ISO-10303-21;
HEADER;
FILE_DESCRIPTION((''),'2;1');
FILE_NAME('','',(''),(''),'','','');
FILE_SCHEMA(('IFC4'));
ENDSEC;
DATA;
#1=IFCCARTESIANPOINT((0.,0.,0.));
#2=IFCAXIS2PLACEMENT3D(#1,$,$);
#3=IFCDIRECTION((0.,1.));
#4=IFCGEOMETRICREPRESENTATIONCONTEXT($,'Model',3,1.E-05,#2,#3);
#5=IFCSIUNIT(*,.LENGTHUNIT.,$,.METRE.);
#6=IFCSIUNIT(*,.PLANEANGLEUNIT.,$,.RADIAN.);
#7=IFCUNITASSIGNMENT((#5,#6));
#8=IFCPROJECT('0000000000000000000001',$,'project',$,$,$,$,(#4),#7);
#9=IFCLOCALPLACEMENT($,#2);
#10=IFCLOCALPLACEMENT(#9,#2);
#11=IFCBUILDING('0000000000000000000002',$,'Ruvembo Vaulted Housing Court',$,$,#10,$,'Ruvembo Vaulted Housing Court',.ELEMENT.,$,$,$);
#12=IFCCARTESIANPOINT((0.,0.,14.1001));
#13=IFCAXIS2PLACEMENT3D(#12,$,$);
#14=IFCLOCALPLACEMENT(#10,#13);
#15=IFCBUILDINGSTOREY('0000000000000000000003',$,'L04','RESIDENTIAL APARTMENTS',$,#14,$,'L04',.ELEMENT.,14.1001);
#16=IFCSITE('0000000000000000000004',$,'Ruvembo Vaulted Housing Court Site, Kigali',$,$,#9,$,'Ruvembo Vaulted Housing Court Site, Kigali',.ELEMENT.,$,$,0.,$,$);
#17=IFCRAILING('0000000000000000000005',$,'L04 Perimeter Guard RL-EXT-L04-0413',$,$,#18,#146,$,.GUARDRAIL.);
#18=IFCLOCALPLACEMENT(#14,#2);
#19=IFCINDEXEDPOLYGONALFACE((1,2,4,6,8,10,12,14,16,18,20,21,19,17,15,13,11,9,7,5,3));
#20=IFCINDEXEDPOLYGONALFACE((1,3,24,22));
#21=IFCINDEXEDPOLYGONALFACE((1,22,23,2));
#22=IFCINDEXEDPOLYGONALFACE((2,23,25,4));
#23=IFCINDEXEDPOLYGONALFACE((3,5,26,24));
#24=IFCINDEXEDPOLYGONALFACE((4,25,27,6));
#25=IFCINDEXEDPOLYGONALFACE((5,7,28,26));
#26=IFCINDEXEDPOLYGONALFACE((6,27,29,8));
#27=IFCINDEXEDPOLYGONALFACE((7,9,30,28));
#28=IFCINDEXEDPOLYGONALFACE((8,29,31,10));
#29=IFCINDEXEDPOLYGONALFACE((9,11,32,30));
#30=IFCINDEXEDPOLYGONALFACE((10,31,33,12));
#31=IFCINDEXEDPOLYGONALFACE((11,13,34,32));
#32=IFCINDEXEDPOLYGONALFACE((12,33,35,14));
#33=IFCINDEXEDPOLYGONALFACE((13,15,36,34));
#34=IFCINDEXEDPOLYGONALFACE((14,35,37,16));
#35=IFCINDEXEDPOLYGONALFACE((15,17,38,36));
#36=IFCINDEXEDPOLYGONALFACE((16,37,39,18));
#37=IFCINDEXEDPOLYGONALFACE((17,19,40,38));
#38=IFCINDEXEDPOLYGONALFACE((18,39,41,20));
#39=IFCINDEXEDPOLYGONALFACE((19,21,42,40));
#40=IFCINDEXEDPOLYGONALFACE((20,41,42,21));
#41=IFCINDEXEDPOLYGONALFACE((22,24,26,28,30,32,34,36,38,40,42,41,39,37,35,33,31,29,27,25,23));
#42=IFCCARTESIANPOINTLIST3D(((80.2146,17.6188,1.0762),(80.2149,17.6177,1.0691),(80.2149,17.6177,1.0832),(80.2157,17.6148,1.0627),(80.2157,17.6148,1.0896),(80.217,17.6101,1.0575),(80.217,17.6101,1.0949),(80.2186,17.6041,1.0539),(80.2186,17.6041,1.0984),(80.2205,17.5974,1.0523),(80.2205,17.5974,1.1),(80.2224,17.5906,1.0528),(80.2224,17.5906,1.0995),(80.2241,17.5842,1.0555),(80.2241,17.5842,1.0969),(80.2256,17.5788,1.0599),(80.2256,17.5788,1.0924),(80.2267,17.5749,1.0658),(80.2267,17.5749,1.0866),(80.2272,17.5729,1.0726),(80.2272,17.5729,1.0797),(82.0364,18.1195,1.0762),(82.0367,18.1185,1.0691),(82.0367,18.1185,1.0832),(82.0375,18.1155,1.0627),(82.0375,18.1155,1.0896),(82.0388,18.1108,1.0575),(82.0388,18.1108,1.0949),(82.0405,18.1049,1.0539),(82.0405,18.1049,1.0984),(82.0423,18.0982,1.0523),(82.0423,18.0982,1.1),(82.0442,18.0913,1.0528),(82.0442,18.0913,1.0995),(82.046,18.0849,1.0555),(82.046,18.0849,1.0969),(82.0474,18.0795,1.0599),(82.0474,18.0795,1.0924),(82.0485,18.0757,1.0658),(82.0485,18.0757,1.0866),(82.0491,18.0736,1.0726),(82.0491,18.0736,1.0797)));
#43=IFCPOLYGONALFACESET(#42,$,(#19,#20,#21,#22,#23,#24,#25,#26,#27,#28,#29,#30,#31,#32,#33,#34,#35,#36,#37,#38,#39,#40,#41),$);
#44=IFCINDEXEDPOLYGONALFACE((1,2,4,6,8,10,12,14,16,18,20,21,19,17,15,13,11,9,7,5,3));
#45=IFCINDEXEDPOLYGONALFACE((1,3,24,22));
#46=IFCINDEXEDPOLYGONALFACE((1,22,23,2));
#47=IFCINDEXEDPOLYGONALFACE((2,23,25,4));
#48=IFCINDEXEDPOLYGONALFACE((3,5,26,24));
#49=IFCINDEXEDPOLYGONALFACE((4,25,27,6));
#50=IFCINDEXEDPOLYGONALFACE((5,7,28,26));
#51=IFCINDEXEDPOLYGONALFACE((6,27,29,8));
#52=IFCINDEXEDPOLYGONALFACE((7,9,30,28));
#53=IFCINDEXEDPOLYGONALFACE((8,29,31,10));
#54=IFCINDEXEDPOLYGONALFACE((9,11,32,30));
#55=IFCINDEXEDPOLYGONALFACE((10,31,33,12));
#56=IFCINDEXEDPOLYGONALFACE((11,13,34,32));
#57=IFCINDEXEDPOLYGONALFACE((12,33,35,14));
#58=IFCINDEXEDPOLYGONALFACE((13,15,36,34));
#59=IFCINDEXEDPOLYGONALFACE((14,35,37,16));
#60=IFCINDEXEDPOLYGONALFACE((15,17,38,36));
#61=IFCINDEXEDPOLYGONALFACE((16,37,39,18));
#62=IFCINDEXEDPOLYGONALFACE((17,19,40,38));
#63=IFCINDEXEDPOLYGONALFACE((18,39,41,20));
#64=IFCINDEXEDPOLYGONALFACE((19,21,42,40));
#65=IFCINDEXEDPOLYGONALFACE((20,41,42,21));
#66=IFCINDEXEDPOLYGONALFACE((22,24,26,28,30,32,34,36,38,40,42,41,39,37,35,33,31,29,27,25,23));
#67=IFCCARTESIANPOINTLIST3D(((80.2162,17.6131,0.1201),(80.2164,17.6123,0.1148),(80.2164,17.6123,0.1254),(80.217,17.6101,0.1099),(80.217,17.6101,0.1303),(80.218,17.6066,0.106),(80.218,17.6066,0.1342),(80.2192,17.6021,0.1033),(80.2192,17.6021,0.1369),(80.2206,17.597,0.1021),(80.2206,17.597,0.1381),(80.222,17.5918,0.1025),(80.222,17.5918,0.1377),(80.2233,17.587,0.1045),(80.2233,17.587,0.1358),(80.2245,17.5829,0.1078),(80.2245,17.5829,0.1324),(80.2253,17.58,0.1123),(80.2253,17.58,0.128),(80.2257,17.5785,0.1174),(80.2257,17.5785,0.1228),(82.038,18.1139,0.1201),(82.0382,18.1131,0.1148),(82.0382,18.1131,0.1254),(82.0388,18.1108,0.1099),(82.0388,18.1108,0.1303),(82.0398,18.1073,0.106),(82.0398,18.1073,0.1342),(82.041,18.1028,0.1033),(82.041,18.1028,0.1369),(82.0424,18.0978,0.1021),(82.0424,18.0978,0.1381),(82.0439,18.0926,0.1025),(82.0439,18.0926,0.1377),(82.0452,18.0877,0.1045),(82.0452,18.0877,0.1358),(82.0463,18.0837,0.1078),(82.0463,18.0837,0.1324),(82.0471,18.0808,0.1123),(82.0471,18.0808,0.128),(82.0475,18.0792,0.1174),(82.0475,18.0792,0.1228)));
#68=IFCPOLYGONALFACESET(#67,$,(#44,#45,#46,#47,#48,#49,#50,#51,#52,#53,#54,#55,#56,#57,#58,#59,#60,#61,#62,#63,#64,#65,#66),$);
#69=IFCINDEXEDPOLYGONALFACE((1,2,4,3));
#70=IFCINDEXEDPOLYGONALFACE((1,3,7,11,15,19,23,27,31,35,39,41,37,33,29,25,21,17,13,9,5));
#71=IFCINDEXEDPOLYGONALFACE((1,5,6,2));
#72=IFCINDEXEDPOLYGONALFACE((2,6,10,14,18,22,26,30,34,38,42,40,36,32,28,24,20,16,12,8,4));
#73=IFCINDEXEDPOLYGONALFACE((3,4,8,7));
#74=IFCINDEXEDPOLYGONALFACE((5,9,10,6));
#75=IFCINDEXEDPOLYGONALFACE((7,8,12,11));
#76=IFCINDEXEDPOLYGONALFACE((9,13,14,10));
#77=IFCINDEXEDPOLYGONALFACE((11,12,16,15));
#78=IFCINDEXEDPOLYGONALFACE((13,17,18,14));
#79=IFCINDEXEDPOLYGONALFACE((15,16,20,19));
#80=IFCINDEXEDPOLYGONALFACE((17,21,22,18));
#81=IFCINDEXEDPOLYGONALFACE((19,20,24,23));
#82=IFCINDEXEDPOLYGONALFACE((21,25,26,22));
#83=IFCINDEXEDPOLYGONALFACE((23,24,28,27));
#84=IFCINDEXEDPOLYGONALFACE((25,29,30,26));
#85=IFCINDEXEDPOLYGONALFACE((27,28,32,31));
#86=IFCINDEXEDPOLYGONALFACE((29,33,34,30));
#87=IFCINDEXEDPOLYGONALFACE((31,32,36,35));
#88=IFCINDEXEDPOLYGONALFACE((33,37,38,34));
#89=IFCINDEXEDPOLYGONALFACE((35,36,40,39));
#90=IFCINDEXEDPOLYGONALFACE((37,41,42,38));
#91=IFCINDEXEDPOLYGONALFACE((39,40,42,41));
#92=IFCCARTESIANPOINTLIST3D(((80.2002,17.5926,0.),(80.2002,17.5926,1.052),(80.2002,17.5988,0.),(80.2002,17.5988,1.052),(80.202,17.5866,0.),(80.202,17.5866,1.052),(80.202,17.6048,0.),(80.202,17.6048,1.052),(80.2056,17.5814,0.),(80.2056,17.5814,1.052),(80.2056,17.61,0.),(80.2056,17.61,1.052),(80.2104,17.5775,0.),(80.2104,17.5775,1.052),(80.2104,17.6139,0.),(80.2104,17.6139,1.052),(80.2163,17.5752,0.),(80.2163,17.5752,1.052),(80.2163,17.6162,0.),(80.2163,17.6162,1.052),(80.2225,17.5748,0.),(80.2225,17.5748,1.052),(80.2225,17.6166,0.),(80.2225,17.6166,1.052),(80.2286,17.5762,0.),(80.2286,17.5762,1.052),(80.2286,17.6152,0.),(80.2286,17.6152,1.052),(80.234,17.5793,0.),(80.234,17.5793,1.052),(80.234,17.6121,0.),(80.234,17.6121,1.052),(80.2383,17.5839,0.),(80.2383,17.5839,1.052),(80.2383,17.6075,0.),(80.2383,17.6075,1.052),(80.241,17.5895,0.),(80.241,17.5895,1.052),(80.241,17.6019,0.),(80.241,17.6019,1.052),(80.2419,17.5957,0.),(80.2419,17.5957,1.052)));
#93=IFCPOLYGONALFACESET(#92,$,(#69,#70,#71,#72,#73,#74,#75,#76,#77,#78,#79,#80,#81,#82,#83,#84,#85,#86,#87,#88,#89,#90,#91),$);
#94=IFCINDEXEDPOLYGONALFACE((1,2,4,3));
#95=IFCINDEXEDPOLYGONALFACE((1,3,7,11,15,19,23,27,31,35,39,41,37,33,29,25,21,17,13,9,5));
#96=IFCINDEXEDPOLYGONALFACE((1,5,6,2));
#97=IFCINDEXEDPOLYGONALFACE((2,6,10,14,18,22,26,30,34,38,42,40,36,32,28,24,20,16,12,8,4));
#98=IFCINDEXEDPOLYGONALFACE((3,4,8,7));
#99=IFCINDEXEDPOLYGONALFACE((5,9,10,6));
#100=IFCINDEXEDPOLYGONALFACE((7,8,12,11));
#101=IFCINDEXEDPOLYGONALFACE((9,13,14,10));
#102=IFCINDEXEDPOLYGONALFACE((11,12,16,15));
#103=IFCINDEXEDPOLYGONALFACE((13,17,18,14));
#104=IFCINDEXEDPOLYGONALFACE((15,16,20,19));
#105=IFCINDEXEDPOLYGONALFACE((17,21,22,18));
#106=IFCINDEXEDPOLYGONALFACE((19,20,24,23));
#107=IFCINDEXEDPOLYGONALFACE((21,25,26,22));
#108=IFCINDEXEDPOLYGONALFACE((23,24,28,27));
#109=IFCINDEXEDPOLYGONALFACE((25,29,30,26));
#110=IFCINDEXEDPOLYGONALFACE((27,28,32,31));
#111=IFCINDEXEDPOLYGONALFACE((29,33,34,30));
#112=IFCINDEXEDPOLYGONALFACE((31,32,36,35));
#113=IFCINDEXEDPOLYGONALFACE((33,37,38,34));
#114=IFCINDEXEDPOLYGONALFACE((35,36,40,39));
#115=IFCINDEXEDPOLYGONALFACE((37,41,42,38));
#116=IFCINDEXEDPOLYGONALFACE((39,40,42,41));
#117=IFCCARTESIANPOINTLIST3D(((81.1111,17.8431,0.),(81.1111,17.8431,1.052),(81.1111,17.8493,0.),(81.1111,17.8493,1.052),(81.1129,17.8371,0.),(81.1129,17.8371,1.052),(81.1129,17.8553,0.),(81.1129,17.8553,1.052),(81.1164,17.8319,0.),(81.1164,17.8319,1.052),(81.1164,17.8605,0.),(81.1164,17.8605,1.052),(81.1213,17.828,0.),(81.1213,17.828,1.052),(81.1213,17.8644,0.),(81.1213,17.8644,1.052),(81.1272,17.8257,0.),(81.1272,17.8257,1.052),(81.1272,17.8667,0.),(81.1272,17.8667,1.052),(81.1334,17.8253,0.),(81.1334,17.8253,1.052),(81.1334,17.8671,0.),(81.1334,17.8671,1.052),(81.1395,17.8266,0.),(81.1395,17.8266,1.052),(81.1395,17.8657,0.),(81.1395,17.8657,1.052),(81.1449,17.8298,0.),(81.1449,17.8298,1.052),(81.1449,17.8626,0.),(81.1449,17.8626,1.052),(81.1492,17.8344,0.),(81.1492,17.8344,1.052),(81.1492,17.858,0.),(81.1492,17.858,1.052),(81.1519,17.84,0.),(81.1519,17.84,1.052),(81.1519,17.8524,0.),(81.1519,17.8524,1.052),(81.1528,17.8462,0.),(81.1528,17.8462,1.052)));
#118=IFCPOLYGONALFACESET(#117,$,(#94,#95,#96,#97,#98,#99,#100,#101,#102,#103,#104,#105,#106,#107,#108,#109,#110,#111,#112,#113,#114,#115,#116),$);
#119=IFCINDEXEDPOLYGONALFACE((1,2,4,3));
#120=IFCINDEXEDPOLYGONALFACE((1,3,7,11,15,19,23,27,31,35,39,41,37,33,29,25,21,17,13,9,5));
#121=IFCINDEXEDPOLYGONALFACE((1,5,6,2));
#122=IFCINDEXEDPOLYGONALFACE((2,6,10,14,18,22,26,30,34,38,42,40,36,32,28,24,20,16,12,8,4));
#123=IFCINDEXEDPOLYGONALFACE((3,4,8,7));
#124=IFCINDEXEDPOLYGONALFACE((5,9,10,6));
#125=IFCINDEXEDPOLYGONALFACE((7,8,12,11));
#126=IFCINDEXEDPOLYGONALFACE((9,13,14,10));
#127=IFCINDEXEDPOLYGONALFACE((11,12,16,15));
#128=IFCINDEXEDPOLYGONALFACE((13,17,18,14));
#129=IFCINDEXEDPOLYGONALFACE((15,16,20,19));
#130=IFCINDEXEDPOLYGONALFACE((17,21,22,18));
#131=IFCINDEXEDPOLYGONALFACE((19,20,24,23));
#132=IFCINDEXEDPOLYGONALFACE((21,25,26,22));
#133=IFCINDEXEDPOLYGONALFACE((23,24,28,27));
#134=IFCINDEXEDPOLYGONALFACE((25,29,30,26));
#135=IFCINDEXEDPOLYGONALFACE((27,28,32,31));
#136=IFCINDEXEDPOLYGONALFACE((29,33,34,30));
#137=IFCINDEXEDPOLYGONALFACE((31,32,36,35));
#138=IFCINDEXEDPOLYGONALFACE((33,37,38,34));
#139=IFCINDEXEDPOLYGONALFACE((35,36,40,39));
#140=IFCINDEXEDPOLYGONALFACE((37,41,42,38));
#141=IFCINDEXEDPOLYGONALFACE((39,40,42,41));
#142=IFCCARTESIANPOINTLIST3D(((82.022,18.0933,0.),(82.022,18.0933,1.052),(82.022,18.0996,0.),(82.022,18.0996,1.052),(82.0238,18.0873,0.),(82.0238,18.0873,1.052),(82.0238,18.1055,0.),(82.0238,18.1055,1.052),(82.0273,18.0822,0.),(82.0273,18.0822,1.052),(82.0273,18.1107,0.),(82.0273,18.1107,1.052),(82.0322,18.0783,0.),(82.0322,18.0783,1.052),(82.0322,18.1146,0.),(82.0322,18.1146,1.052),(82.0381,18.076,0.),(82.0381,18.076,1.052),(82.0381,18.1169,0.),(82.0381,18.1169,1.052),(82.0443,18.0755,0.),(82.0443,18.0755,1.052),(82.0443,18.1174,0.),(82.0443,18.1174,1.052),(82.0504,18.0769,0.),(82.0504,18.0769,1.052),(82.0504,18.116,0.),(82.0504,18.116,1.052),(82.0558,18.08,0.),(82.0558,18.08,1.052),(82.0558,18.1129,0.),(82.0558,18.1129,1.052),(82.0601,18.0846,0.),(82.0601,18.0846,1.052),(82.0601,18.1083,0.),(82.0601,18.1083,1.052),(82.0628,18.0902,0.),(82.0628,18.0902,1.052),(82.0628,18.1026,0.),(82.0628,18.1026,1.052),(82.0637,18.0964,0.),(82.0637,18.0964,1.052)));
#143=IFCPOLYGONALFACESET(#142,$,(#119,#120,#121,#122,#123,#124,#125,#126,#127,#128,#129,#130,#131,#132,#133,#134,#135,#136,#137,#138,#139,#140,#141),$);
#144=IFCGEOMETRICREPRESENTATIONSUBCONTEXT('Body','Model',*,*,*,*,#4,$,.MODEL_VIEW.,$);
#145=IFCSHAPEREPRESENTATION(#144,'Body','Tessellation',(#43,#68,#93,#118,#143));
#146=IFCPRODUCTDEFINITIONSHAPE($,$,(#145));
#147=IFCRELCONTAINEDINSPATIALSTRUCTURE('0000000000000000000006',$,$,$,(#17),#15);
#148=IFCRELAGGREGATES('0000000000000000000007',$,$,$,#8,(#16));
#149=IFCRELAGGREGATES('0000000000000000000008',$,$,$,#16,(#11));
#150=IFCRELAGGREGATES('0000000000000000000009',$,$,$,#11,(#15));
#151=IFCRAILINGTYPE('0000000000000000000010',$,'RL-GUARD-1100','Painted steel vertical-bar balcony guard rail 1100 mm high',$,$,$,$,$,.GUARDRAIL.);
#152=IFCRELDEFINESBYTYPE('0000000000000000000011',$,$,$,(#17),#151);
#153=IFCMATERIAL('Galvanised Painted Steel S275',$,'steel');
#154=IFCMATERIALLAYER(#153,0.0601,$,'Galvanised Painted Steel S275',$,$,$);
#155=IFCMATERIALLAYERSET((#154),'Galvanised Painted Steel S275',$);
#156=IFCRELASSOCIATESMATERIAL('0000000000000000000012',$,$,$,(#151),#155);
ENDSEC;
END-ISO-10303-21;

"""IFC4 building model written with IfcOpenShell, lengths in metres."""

from ifc_helpers import new_model, si_unit, direction, frame, origin, origin_2d, place, context, subcontext, project, spatial, circle, extrude, material, layer, layer_set, type_object, element, save


model = new_model("IFC4")

# Units and contexts
model_context = context("Model", 3, precision=1e-05, world=origin(), true_north=direction((0.0, 1.0)))
body_context = subcontext(model_context, "Body", "Model", "MODEL_VIEW")
ifc_project = project(units=[si_unit("LENGTHUNIT", "METRE"), si_unit("PLANEANGLEUNIT", "RADIAN")], contexts=[model_context])

# Site, building, storey
site_placement = place(None, origin())
site = spatial("IfcSite", under=ifc_project, at=site_placement, Name="Ruvembo Vaulted Housing Court Site, Kigali", LongName="Ruvembo Vaulted Housing Court Site, Kigali", CompositionType="ELEMENT", RefElevation=0.0)
building_placement = place(site_placement, origin())
building = spatial("IfcBuilding", under=site, at=building_placement, Name="Ruvembo Vaulted Housing Court", LongName="Ruvembo Vaulted Housing Court", CompositionType="ELEMENT")
storey_placement = place(building_placement, frame((0.0, 0.0, 14.1001)))
storey = spatial("IfcBuildingStorey", under=building, at=storey_placement, Name="L04", Description="RESIDENTIAL APARTMENTS", LongName="L04", CompositionType="ELEMENT", Elevation=14.1001)

# Railing
ifc_material_1 = material(Name="Galvanised Painted Steel S275", Category="steel")
ifc_layer = layer(ifc_material_1, 0.0601, Name="Galvanised Painted Steel S275")
ifc_layer_set = layer_set([ifc_layer], Name="Galvanised Painted Steel S275")
railing_type = type_object("IfcRailingType", Name="RL-GUARD-1100", Description="Painted steel vertical-bar balcony guard rail 1100 mm high", PredefinedType="GUARDRAIL", material=ifc_layer_set)
railing_1_placement = place(storey_placement, frame((80.2209, 17.5957, 0.0)))
element("IfcRailing", 1, at=railing_1_placement, inside=storey, type_object=railing_type, Name="L04 Perimeter Guard RL-EXT-L04-0413", PredefinedType="GUARDRAIL", context=body_context, shape_type="SweptSolid", body=[
    extrude(circle(Radius=0.0239, at=origin_2d()), frame((0.0, 0.0, 1.0762), z_axis=(0.96424, 0.26503, 0.0), x_axis=(-0.26503, 0.96424, 0.0)), (0.0, 0.0, 1.0), 1.8894),
    extrude(circle(Radius=0.0181, at=origin_2d()), frame((0.0, 0.0, 0.1201), z_axis=(0.96424, 0.26503, 0.0), x_axis=(-0.26503, 0.96424, 0.0)), (0.0, 0.0, 1.0), 1.8894),
    extrude(circle(Radius=0.021, at=origin_2d()), origin(), (0.0, 0.0, 1.0), 1.052),
    extrude(circle(Radius=0.021, at=origin_2d()), frame((0.9109, 0.2505, 0.0)), (0.0, 0.0, 1.0), 1.052),
    extrude(circle(Radius=0.021, at=origin_2d()), frame((1.8218, 0.5007, 0.0)), (0.0, 0.0, 1.0), 1.052),
])

save(model, "model.ifc")
